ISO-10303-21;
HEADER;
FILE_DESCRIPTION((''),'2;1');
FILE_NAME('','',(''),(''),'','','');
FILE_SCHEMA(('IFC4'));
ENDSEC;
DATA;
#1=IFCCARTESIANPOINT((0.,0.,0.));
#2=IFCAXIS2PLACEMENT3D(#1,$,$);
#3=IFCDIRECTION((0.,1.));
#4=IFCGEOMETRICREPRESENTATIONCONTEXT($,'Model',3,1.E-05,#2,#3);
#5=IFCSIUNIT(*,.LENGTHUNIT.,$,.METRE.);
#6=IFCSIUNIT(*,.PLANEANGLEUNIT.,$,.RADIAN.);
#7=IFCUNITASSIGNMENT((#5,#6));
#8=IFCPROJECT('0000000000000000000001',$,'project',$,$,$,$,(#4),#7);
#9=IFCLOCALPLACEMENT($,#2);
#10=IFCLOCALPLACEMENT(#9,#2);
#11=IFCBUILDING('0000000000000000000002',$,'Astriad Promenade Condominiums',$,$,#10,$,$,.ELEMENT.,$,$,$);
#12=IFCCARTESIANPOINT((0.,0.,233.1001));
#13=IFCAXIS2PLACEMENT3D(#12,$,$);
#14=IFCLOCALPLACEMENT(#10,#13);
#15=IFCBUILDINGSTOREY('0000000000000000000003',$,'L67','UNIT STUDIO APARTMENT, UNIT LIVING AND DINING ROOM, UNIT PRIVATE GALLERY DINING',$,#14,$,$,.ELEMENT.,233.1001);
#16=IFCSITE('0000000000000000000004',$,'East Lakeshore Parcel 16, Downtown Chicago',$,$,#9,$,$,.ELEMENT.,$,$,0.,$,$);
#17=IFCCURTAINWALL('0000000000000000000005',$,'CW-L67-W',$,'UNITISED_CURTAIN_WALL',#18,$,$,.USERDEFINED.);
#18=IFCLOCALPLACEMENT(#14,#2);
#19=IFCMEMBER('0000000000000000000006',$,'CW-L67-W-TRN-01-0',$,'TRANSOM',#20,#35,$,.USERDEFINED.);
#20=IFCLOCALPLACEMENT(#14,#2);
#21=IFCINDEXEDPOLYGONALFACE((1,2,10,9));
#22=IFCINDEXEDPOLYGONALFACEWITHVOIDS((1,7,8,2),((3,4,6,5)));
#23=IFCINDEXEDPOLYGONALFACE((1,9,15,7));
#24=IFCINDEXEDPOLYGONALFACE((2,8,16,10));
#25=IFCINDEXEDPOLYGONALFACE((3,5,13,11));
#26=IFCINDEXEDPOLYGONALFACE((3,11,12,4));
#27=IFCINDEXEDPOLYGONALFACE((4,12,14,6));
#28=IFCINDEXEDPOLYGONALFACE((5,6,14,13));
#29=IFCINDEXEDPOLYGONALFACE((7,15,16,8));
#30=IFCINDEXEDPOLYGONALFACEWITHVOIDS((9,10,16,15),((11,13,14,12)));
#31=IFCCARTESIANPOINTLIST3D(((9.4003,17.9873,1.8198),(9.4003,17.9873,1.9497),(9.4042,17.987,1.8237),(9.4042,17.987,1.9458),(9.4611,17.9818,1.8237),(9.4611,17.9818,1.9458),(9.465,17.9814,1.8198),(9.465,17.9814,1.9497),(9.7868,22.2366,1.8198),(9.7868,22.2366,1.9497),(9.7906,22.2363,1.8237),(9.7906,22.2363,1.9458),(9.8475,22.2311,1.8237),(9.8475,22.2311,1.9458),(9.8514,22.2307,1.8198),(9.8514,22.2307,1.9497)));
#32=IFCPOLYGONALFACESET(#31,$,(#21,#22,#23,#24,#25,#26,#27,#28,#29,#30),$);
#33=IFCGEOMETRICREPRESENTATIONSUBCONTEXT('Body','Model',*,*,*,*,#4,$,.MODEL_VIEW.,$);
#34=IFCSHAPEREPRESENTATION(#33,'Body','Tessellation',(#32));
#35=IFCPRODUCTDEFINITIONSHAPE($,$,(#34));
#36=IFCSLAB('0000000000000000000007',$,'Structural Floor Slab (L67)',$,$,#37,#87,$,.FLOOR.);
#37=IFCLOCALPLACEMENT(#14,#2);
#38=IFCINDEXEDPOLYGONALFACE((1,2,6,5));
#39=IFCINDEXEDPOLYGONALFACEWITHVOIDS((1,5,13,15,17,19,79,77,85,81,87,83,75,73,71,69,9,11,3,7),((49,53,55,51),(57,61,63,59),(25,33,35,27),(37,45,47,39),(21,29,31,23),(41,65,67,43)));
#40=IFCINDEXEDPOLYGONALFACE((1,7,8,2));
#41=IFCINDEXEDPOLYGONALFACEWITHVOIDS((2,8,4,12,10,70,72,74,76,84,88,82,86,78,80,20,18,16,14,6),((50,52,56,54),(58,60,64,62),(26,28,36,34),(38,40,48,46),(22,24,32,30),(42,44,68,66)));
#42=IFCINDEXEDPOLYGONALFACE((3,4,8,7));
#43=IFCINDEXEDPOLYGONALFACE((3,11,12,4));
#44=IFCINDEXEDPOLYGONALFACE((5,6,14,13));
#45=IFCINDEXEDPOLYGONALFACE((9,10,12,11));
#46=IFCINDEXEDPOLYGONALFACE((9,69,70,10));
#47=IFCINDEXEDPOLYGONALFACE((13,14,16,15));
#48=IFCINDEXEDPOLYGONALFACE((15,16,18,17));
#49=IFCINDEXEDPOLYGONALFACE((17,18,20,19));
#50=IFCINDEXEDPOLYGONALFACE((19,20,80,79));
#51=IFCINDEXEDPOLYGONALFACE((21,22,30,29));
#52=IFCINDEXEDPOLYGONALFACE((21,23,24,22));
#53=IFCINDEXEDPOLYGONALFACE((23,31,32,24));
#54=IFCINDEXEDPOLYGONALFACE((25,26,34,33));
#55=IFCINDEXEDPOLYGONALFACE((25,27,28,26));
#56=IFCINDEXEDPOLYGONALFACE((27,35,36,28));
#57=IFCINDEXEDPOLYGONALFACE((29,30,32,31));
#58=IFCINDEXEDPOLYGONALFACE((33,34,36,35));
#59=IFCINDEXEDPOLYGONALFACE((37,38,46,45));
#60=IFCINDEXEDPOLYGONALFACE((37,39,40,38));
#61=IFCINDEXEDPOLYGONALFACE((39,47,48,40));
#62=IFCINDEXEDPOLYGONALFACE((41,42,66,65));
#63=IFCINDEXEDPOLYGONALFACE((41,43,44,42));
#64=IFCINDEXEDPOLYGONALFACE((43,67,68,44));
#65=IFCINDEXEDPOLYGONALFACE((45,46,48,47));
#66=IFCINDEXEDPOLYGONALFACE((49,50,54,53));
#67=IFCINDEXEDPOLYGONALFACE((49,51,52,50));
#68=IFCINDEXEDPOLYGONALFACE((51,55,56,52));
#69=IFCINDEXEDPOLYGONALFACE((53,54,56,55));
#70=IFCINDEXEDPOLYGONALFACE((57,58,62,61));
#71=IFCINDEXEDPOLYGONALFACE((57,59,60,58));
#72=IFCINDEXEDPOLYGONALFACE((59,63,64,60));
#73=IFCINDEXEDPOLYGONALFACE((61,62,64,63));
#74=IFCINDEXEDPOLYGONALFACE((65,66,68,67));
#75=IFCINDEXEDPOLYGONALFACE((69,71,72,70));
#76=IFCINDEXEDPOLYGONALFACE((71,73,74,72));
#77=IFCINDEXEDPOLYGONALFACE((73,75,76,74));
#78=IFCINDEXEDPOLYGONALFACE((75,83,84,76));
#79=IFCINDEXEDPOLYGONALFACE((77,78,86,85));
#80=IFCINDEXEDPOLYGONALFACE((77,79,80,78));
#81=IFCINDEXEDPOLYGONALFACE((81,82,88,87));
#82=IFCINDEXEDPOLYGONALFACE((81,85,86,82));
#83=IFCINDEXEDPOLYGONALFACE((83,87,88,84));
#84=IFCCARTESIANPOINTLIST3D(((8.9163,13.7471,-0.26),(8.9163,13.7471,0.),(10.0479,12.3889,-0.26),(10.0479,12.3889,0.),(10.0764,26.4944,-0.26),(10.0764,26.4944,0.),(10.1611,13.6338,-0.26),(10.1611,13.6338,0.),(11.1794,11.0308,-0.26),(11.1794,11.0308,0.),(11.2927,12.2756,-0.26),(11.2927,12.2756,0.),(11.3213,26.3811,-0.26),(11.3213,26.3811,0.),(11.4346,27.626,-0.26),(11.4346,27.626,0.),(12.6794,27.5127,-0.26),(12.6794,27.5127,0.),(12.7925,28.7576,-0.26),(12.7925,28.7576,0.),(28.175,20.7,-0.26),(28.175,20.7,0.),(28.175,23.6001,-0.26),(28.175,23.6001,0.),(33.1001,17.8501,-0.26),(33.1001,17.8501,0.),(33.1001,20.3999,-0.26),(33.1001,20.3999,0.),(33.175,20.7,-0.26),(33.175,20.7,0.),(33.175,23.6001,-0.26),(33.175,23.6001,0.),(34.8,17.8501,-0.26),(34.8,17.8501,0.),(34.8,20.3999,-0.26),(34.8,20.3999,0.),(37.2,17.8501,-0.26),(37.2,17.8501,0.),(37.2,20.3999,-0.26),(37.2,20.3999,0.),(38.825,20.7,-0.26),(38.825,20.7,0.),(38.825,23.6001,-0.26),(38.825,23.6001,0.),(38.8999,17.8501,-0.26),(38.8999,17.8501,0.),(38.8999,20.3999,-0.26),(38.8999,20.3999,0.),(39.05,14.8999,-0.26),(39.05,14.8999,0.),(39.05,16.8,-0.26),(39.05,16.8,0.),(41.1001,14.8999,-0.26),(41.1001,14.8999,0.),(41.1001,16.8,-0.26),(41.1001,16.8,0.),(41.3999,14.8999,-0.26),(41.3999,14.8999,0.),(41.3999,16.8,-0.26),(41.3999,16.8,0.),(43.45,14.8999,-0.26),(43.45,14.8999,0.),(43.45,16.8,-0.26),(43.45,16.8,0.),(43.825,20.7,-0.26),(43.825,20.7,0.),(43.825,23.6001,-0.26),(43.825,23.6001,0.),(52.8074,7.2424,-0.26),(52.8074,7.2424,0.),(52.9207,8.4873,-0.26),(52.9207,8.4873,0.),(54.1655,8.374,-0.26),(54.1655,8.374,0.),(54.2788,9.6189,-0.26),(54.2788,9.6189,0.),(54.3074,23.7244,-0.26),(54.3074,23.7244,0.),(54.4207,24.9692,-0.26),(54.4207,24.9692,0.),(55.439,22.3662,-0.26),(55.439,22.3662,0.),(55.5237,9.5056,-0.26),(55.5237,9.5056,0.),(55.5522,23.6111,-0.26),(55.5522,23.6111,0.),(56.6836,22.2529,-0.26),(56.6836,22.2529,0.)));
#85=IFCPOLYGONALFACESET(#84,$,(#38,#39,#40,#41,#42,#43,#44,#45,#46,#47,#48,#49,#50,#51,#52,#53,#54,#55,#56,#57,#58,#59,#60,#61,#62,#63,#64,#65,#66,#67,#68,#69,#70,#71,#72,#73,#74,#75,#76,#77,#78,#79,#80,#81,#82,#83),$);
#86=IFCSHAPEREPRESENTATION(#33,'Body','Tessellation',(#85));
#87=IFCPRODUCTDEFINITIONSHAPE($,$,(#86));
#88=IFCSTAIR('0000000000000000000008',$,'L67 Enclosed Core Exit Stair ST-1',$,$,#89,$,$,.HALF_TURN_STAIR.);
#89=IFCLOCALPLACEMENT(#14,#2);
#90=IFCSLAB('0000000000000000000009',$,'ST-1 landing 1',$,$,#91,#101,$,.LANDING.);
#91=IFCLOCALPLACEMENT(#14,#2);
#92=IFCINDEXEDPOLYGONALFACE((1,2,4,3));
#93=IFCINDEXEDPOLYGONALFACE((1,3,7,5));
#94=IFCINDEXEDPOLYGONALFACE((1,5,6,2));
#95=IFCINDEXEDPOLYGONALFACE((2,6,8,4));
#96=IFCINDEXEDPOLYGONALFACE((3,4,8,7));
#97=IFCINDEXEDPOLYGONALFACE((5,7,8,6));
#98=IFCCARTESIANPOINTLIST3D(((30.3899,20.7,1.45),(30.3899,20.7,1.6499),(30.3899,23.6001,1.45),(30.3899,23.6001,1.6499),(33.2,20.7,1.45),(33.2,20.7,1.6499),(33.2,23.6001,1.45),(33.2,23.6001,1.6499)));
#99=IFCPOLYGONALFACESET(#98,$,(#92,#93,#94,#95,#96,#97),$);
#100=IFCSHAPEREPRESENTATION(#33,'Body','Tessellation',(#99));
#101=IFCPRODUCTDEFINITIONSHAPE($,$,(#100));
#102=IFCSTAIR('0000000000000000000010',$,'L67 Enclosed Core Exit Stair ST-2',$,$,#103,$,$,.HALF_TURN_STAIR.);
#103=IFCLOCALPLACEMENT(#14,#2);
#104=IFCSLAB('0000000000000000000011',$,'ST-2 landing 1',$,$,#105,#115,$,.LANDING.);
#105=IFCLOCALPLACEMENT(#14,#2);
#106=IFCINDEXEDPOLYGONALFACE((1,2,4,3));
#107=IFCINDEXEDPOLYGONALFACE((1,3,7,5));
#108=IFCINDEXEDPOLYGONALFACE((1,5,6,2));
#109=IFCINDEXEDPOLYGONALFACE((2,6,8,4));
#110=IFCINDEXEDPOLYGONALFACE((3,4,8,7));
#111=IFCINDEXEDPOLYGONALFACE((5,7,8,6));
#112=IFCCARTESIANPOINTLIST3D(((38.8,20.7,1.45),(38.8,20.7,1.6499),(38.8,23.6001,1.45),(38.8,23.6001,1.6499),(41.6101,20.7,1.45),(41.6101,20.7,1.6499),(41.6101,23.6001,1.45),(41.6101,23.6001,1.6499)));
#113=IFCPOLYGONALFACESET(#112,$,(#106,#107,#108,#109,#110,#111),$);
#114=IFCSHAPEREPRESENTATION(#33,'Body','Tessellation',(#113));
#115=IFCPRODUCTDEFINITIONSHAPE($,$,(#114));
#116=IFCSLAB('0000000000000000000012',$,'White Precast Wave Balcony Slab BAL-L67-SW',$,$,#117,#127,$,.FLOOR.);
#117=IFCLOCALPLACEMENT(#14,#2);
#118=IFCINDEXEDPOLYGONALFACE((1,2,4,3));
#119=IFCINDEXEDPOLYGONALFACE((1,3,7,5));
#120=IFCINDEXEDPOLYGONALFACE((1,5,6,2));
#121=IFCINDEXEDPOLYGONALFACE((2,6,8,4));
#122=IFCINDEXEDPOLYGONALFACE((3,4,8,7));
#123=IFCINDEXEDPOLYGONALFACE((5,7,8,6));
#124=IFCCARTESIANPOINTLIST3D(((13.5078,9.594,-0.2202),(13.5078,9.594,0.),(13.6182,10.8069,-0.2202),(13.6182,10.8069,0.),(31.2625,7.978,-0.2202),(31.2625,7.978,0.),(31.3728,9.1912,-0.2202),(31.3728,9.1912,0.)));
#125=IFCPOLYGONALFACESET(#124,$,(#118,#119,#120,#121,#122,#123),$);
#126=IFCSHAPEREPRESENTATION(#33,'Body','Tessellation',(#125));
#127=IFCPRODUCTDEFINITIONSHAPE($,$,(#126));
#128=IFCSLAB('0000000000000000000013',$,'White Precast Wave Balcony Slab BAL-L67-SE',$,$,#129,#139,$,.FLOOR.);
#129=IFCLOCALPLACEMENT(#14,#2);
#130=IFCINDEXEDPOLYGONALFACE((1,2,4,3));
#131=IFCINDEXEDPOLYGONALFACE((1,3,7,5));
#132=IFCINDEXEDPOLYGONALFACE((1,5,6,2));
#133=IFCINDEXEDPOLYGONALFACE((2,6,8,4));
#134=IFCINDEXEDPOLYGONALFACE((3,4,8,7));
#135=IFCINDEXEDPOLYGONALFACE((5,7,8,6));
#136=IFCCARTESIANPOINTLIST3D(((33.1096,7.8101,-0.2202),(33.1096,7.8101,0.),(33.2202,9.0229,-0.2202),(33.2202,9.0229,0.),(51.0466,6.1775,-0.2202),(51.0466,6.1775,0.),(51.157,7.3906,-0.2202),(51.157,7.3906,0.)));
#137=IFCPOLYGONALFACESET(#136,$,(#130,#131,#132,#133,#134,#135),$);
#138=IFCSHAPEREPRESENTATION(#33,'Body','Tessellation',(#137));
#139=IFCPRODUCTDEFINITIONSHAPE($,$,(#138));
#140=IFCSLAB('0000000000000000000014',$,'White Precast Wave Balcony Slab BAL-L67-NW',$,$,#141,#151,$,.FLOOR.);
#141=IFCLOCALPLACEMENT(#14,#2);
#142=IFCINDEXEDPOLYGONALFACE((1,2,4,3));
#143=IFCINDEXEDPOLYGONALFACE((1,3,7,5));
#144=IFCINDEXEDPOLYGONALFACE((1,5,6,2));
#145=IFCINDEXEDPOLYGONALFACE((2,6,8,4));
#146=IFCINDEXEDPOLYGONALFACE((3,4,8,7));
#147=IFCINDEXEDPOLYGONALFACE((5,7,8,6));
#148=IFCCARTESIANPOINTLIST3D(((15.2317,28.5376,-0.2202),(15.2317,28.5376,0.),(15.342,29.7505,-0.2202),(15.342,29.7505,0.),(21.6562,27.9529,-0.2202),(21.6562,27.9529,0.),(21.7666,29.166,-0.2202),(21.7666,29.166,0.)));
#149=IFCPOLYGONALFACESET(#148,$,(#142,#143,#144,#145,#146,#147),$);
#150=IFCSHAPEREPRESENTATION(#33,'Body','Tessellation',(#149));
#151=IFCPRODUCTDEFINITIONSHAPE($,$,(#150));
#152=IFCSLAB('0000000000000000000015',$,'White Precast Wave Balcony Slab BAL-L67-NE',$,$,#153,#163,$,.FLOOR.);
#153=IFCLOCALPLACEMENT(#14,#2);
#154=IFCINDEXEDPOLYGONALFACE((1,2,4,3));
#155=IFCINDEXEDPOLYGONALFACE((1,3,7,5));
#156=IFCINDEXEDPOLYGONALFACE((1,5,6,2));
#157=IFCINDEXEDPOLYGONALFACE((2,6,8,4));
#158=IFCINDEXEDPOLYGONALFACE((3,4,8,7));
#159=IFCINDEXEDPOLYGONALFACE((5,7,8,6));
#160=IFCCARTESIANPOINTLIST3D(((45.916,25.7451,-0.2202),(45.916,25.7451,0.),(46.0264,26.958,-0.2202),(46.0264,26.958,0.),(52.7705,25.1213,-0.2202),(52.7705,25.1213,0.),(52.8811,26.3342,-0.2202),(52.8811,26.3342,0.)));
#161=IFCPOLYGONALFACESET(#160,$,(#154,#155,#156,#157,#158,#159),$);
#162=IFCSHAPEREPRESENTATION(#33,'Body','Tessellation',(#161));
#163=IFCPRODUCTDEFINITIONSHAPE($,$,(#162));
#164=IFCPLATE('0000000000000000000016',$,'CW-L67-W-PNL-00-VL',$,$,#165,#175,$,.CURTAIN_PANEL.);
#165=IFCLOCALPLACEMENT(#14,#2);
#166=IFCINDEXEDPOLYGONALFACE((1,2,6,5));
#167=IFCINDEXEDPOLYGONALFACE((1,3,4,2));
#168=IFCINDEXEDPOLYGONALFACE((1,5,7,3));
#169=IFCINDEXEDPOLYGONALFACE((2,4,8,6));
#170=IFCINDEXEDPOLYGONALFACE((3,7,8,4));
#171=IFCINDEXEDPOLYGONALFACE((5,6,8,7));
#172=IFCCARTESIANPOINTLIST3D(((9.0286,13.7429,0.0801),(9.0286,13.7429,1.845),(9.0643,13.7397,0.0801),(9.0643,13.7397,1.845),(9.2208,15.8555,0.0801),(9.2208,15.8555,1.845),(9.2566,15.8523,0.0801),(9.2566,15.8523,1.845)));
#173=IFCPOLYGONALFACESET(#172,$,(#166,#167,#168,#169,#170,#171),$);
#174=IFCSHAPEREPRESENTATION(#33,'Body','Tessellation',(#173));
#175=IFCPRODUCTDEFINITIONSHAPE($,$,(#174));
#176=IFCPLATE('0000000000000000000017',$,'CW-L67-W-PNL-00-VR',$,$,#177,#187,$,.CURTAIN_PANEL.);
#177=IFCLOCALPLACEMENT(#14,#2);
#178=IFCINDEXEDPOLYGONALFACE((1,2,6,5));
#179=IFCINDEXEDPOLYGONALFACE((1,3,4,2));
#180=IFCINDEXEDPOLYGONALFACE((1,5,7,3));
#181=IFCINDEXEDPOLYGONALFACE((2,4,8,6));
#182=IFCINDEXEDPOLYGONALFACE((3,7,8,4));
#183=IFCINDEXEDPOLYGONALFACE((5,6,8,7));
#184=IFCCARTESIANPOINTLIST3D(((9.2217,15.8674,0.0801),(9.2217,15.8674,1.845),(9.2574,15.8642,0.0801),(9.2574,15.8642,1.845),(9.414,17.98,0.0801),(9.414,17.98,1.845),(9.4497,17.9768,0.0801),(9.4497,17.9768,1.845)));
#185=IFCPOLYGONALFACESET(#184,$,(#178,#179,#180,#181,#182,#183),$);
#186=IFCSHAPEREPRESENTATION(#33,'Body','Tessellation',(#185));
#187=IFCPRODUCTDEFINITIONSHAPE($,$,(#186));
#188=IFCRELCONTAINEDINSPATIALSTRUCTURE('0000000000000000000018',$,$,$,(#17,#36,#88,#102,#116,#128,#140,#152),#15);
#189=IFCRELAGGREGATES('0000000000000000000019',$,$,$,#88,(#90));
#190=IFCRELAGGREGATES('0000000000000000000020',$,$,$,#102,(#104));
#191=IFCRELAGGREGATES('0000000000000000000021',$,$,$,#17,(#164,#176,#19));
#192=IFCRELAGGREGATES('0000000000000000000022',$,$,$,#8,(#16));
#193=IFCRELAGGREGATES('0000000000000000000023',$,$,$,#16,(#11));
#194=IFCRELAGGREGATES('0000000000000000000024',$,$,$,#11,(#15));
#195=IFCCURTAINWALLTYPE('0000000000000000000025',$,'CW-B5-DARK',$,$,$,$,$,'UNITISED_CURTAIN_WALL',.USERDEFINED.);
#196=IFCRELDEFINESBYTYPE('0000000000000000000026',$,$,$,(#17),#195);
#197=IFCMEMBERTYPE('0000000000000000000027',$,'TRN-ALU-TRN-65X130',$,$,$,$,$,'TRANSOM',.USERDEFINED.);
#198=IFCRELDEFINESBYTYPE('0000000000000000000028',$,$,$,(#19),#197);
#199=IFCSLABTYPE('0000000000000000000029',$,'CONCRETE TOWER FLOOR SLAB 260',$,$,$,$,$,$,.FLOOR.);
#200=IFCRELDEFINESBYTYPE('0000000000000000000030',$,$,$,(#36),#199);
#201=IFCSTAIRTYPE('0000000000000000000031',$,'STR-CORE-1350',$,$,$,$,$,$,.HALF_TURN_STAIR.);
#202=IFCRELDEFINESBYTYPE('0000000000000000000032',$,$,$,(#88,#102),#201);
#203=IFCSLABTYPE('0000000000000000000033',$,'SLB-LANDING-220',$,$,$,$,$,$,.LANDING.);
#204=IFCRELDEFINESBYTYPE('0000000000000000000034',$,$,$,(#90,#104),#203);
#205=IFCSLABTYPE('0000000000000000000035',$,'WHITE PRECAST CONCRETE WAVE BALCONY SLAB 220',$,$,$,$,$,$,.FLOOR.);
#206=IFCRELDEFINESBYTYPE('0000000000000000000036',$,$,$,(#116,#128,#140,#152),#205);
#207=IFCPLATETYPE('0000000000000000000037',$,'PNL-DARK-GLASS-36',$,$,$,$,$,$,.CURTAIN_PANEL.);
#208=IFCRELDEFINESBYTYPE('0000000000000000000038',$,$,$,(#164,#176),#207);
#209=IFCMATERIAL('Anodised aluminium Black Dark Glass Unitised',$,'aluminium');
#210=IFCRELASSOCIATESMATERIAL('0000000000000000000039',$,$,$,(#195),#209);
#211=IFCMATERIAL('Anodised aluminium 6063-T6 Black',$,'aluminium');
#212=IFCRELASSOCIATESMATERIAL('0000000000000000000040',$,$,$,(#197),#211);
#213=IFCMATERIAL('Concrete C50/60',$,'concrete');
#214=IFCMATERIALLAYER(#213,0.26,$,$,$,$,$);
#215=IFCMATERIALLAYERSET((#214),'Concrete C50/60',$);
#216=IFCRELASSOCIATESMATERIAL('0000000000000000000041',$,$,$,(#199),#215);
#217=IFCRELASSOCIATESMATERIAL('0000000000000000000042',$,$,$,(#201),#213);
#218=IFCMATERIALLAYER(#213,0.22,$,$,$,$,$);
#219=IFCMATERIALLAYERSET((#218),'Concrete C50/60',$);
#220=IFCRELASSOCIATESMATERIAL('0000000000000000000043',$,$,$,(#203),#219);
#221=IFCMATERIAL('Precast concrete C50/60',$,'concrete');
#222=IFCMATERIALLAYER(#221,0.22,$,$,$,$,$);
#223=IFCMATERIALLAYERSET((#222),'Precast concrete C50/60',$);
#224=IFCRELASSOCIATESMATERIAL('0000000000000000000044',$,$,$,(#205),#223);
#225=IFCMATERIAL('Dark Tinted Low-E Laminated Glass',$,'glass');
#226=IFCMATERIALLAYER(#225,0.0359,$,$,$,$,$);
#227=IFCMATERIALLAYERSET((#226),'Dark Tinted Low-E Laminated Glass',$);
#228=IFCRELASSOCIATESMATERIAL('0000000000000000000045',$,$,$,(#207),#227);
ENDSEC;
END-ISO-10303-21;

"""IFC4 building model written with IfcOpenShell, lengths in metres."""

from ifc_helpers import new_model, si_unit, direction, frame, origin, origin_2d, place, context, subcontext, project, spatial, polyline, rectangle, hollow_rectangle, outline, extrude, source, transform, mapped, material, layer, layer_set, material_profile, profile_set, type_object, element, aggregate, save


model = new_model("IFC4")

# Units and contexts
model_context = context("Model", 3, precision=1e-05, world=origin(), true_north=direction((0.0, 1.0)))
body_context = subcontext(model_context, "Body", "Model", "MODEL_VIEW")
ifc_project = project(units=[si_unit("LENGTHUNIT", "METRE"), si_unit("PLANEANGLEUNIT", "RADIAN")], contexts=[model_context])

# Site, building, storey
site_placement = place(None, origin())
site = spatial("IfcSite", under=ifc_project, at=site_placement, Name="East Lakeshore Parcel 16, Downtown Chicago", CompositionType="ELEMENT", RefElevation=0.0)
building_placement = place(site_placement, origin())
building = spatial("IfcBuilding", under=site, at=building_placement, Name="Astriad Promenade Condominiums", CompositionType="ELEMENT")
storey_placement = place(building_placement, frame((0.0, 0.0, 233.1001)))
storey = spatial("IfcBuildingStorey", under=building, at=storey_placement, Name="L67", Description="UNIT STUDIO APARTMENT, UNIT LIVING AND DINING ROOM, UNIT PRIVATE GALLERY DINING", CompositionType="ELEMENT", Elevation=233.1001)

# Shared definitions
ifc_material_1 = material(Name="Concrete C50/60", Category="concrete")

# Curtain wall, member
ifc_material_2 = material(Name="Anodised aluminium Black Dark Glass Unitised", Category="aluminium")
curtain_wall_type = type_object("IfcCurtainWallType", Name="CW-B5-DARK", ElementType="UNITISED_CURTAIN_WALL", PredefinedType="USERDEFINED", material=ifc_material_2)
curtain_wall_placement = place(storey_placement, origin())
curtain_wall = element("IfcCurtainWall", 1, at=curtain_wall_placement, inside=storey, type_object=curtain_wall_type, Name="CW-L67-W", ObjectType="UNITISED_CURTAIN_WALL", PredefinedType="USERDEFINED")
ifc_material_3 = material(Name="Anodised aluminium 6063-T6 Black", Category="aluminium")
ifc_material_profile_1 = material_profile(ifc_material_3, hollow_rectangle(XDim=0.0649, YDim=0.1299, WallThickness=0.0039, at=origin_2d()), Name="ALU-TRN-65X130")
ifc_profile_set_1 = profile_set([ifc_material_profile_1], Name="Anodised aluminium 6063-T6 Black")
member_type_1 = type_object("IfcMemberType", Name="TRN-ALU-TRN-65X130", ElementType="TRANSOM", PredefinedType="USERDEFINED", material=ifc_profile_set_1)
shared_shape_1 = source(origin(), body_context, "Body", "SweptSolid", [
    extrude(hollow_rectangle(XDim=0.0649, YDim=0.1299, WallThickness=0.0039, at=origin_2d()), origin(), (0.0, 0.0, 1.0), 4.2668),
])
member_1_placement = place(storey_placement, frame((9.4326, 17.9844, 1.8848), z_axis=(0.090577, 0.995889, 0.0), x_axis=(-0.995889, 0.090577, 0.0)))
member_1 = element("IfcMember", 2, at=member_1_placement, type_object=member_type_1, Name="CW-L67-W-TRN-01-0", ObjectType="TRANSOM", PredefinedType="USERDEFINED", context=body_context, shape_type="MappedRepresentation", body=[
    mapped(shared_shape_1, transform((0.0, 0.0, 0.0), scale=1.0)),
])

# Slab
ifc_layer_1 = layer(ifc_material_1, 0.26)
ifc_layer_set_1 = layer_set([ifc_layer_1], Name="Concrete C50/60")
slab_type_1 = type_object("IfcSlabType", Name="CONCRETE TOWER FLOOR SLAB 260", PredefinedType="FLOOR", material=ifc_layer_set_1)
slab_1_placement = place(storey_placement, frame((0.0, 0.0, -0.26)))
element("IfcSlab", 3, at=slab_1_placement, inside=storey, type_object=slab_type_1, Name="Structural Floor Slab (L67)", PredefinedType="FLOOR", context=body_context, shape_type="SweptSolid", body=[
    extrude(outline(polyline([(11.1794, 11.0308), (52.8074, 7.2424), (52.9207, 8.4873), (54.1655, 8.374), (54.2788, 9.6189), (55.5237, 9.5056), (56.6836, 22.2529), (55.439, 22.3662), (55.5522, 23.6111), (54.3074, 23.7244), (54.4207, 24.9692), (12.7925, 28.7576), (12.6794, 27.5127), (11.4346, 27.626), (11.3213, 26.3811), (10.0764, 26.4944), (8.9163, 13.7471), (10.1611, 13.6338), (10.0479, 12.3889), (11.2927, 12.2756), (11.1794, 11.0308)]), holes=[polyline([(28.175, 20.7), (33.175, 20.7), (33.175, 23.6001), (28.175, 23.6001), (28.175, 20.7)]), polyline([(38.825, 20.7), (43.825, 20.7), (43.825, 23.6001), (38.825, 23.6001), (38.825, 20.7)]), polyline([(33.1001, 17.8501), (34.8, 17.8501), (34.8, 20.3999), (33.1001, 20.3999), (33.1001, 17.8501)]), polyline([(37.2, 17.8501), (38.8999, 17.8501), (38.8999, 20.3999), (37.2, 20.3999), (37.2, 17.8501)]), polyline([(39.05, 14.8999), (41.1001, 14.8999), (41.1001, 16.8), (39.05, 16.8), (39.05, 14.8999)]), polyline([(41.3999, 14.8999), (43.45, 14.8999), (43.45, 16.8), (41.3999, 16.8), (41.3999, 14.8999)])]), origin(), (0.0, 0.0, 1.0), 0.26),
])

# Stairs, slabs
stair_type = type_object("IfcStairType", Name="STR-CORE-1350", PredefinedType="HALF_TURN_STAIR", material=ifc_material_1)
stair_1_placement = place(storey_placement, origin())
stair_1 = element("IfcStair", 4, at=stair_1_placement, inside=storey, type_object=stair_type, Name="L67 Enclosed Core Exit Stair ST-1", PredefinedType="HALF_TURN_STAIR")
ifc_layer_2 = layer(ifc_material_1, 0.22)
ifc_layer_set_2 = layer_set([ifc_layer_2], Name="Concrete C50/60")
slab_type_2 = type_object("IfcSlabType", Name="SLB-LANDING-220", PredefinedType="LANDING", material=ifc_layer_set_2)
slab_2_placement = place(storey_placement, frame((0.0, 0.0, 1.45)))
slab_2 = element("IfcSlab", 5, at=slab_2_placement, type_object=slab_type_2, Name="ST-1 landing 1", PredefinedType="LANDING", context=body_context, shape_type="SweptSolid", body=[
    extrude(outline(polyline([(30.3899, 20.7), (33.2, 20.7), (33.2, 23.6001), (30.3899, 23.6001), (30.3899, 20.7)])), origin(), (0.0, 0.0, 1.0), 0.2),
])
aggregate(stair_1, [slab_2])
stair_2_placement = place(storey_placement, origin())
stair_2 = element("IfcStair", 6, at=stair_2_placement, inside=storey, type_object=stair_type, Name="L67 Enclosed Core Exit Stair ST-2", PredefinedType="HALF_TURN_STAIR")
slab_3_placement = place(storey_placement, frame((0.0, 0.0, 1.45)))
slab_3 = element("IfcSlab", 7, at=slab_3_placement, type_object=slab_type_2, Name="ST-2 landing 1", PredefinedType="LANDING", context=body_context, shape_type="SweptSolid", body=[
    extrude(outline(polyline([(41.6101, 23.6001), (38.8, 23.6001), (38.8, 20.7), (41.6101, 20.7), (41.6101, 23.6001)])), origin(), (0.0, 0.0, 1.0), 0.2),
])
aggregate(stair_2, [slab_3])

# Slabs
ifc_material_4 = material(Name="Precast concrete C50/60", Category="concrete")
ifc_layer_3 = layer(ifc_material_4, 0.22)
ifc_layer_set_3 = layer_set([ifc_layer_3], Name="Precast concrete C50/60")
slab_type_3 = type_object("IfcSlabType", Name="WHITE PRECAST CONCRETE WAVE BALCONY SLAB 220", PredefinedType="FLOOR", material=ifc_layer_set_3)
slab_4_placement = place(storey_placement, frame((0.0, 0.0, -0.2202)))
element("IfcSlab", 8, at=slab_4_placement, inside=storey, type_object=slab_type_3, Name="White Precast Wave Balcony Slab BAL-L67-SW", PredefinedType="FLOOR", context=body_context, shape_type="SweptSolid", body=[
    extrude(outline(polyline([(31.2625, 7.978), (13.5078, 9.594), (13.6182, 10.8069), (31.3728, 9.1912), (31.2625, 7.978)])), origin(), (0.0, 0.0, 1.0), 0.2202),
])
slab_5_placement = place(storey_placement, frame((0.0, 0.0, -0.2202)))
element("IfcSlab", 9, at=slab_5_placement, inside=storey, type_object=slab_type_3, Name="White Precast Wave Balcony Slab BAL-L67-SE", PredefinedType="FLOOR", context=body_context, shape_type="SweptSolid", body=[
    extrude(outline(polyline([(51.0466, 6.1775), (33.1096, 7.8101), (33.2202, 9.0229), (51.157, 7.3906), (51.0466, 6.1775)])), origin(), (0.0, 0.0, 1.0), 0.2202),
])
slab_6_placement = place(storey_placement, frame((0.0, 0.0, -0.2202)))
element("IfcSlab", 10, at=slab_6_placement, inside=storey, type_object=slab_type_3, Name="White Precast Wave Balcony Slab BAL-L67-NW", PredefinedType="FLOOR", context=body_context, shape_type="SweptSolid", body=[
    extrude(outline(polyline([(15.342, 29.7505), (21.7666, 29.166), (21.6562, 27.9529), (15.2317, 28.5376), (15.342, 29.7505)])), origin(), (0.0, 0.0, 1.0), 0.2202),
])
slab_7_placement = place(storey_placement, frame((0.0, 0.0, -0.2202)))
element("IfcSlab", 11, at=slab_7_placement, inside=storey, type_object=slab_type_3, Name="White Precast Wave Balcony Slab BAL-L67-NE", PredefinedType="FLOOR", context=body_context, shape_type="SweptSolid", body=[
    extrude(outline(polyline([(46.0264, 26.958), (52.8811, 26.3342), (52.7705, 25.1213), (45.916, 25.7451), (46.0264, 26.958)])), origin(), (0.0, 0.0, 1.0), 0.2202),
])

# Plates
ifc_material_5 = material(Name="Dark Tinted Low-E Laminated Glass", Category="glass")
ifc_layer_4 = layer(ifc_material_5, 0.0359)
ifc_layer_set_4 = layer_set([ifc_layer_4], Name="Dark Tinted Low-E Laminated Glass")
plate_type = type_object("IfcPlateType", Name="PNL-DARK-GLASS-36", PredefinedType="CURTAIN_PANEL", material=ifc_layer_set_4)
shared_shape_2 = source(origin(), body_context, "Body", "SweptSolid", [
    extrude(rectangle(XDim=2.1213, YDim=0.0359, at=origin_2d()), origin(), (0.0, 0.0, 1.0), 1.7649),
])
plate_1_placement = place(storey_placement, frame((9.1426, 14.7976, 0.0801), z_axis=(0.0, 0.0, 1.0), x_axis=(0.090633, 0.995884, 0.0)))
plate_1 = element("IfcPlate", 12, at=plate_1_placement, type_object=plate_type, Name="CW-L67-W-PNL-00-VL", PredefinedType="CURTAIN_PANEL", context=body_context, shape_type="MappedRepresentation", body=[
    mapped(shared_shape_2, transform((0.0, 0.0, 0.0), scale=1.0)),
])
plate_2_placement = place(storey_placement, frame((9.3357, 16.9221, 0.0801), z_axis=(0.0, 0.0, 1.0), x_axis=(0.090633, 0.995884, 0.0)))
plate_2 = element("IfcPlate", 13, at=plate_2_placement, type_object=plate_type, Name="CW-L67-W-PNL-00-VR", PredefinedType="CURTAIN_PANEL", context=body_context, shape_type="MappedRepresentation", body=[
    mapped(shared_shape_2, transform((0.0, 0.0, 0.0), scale=1.0)),
])
aggregate(curtain_wall, [plate_1, plate_2, member_1])

save(model, "model.ifc")
